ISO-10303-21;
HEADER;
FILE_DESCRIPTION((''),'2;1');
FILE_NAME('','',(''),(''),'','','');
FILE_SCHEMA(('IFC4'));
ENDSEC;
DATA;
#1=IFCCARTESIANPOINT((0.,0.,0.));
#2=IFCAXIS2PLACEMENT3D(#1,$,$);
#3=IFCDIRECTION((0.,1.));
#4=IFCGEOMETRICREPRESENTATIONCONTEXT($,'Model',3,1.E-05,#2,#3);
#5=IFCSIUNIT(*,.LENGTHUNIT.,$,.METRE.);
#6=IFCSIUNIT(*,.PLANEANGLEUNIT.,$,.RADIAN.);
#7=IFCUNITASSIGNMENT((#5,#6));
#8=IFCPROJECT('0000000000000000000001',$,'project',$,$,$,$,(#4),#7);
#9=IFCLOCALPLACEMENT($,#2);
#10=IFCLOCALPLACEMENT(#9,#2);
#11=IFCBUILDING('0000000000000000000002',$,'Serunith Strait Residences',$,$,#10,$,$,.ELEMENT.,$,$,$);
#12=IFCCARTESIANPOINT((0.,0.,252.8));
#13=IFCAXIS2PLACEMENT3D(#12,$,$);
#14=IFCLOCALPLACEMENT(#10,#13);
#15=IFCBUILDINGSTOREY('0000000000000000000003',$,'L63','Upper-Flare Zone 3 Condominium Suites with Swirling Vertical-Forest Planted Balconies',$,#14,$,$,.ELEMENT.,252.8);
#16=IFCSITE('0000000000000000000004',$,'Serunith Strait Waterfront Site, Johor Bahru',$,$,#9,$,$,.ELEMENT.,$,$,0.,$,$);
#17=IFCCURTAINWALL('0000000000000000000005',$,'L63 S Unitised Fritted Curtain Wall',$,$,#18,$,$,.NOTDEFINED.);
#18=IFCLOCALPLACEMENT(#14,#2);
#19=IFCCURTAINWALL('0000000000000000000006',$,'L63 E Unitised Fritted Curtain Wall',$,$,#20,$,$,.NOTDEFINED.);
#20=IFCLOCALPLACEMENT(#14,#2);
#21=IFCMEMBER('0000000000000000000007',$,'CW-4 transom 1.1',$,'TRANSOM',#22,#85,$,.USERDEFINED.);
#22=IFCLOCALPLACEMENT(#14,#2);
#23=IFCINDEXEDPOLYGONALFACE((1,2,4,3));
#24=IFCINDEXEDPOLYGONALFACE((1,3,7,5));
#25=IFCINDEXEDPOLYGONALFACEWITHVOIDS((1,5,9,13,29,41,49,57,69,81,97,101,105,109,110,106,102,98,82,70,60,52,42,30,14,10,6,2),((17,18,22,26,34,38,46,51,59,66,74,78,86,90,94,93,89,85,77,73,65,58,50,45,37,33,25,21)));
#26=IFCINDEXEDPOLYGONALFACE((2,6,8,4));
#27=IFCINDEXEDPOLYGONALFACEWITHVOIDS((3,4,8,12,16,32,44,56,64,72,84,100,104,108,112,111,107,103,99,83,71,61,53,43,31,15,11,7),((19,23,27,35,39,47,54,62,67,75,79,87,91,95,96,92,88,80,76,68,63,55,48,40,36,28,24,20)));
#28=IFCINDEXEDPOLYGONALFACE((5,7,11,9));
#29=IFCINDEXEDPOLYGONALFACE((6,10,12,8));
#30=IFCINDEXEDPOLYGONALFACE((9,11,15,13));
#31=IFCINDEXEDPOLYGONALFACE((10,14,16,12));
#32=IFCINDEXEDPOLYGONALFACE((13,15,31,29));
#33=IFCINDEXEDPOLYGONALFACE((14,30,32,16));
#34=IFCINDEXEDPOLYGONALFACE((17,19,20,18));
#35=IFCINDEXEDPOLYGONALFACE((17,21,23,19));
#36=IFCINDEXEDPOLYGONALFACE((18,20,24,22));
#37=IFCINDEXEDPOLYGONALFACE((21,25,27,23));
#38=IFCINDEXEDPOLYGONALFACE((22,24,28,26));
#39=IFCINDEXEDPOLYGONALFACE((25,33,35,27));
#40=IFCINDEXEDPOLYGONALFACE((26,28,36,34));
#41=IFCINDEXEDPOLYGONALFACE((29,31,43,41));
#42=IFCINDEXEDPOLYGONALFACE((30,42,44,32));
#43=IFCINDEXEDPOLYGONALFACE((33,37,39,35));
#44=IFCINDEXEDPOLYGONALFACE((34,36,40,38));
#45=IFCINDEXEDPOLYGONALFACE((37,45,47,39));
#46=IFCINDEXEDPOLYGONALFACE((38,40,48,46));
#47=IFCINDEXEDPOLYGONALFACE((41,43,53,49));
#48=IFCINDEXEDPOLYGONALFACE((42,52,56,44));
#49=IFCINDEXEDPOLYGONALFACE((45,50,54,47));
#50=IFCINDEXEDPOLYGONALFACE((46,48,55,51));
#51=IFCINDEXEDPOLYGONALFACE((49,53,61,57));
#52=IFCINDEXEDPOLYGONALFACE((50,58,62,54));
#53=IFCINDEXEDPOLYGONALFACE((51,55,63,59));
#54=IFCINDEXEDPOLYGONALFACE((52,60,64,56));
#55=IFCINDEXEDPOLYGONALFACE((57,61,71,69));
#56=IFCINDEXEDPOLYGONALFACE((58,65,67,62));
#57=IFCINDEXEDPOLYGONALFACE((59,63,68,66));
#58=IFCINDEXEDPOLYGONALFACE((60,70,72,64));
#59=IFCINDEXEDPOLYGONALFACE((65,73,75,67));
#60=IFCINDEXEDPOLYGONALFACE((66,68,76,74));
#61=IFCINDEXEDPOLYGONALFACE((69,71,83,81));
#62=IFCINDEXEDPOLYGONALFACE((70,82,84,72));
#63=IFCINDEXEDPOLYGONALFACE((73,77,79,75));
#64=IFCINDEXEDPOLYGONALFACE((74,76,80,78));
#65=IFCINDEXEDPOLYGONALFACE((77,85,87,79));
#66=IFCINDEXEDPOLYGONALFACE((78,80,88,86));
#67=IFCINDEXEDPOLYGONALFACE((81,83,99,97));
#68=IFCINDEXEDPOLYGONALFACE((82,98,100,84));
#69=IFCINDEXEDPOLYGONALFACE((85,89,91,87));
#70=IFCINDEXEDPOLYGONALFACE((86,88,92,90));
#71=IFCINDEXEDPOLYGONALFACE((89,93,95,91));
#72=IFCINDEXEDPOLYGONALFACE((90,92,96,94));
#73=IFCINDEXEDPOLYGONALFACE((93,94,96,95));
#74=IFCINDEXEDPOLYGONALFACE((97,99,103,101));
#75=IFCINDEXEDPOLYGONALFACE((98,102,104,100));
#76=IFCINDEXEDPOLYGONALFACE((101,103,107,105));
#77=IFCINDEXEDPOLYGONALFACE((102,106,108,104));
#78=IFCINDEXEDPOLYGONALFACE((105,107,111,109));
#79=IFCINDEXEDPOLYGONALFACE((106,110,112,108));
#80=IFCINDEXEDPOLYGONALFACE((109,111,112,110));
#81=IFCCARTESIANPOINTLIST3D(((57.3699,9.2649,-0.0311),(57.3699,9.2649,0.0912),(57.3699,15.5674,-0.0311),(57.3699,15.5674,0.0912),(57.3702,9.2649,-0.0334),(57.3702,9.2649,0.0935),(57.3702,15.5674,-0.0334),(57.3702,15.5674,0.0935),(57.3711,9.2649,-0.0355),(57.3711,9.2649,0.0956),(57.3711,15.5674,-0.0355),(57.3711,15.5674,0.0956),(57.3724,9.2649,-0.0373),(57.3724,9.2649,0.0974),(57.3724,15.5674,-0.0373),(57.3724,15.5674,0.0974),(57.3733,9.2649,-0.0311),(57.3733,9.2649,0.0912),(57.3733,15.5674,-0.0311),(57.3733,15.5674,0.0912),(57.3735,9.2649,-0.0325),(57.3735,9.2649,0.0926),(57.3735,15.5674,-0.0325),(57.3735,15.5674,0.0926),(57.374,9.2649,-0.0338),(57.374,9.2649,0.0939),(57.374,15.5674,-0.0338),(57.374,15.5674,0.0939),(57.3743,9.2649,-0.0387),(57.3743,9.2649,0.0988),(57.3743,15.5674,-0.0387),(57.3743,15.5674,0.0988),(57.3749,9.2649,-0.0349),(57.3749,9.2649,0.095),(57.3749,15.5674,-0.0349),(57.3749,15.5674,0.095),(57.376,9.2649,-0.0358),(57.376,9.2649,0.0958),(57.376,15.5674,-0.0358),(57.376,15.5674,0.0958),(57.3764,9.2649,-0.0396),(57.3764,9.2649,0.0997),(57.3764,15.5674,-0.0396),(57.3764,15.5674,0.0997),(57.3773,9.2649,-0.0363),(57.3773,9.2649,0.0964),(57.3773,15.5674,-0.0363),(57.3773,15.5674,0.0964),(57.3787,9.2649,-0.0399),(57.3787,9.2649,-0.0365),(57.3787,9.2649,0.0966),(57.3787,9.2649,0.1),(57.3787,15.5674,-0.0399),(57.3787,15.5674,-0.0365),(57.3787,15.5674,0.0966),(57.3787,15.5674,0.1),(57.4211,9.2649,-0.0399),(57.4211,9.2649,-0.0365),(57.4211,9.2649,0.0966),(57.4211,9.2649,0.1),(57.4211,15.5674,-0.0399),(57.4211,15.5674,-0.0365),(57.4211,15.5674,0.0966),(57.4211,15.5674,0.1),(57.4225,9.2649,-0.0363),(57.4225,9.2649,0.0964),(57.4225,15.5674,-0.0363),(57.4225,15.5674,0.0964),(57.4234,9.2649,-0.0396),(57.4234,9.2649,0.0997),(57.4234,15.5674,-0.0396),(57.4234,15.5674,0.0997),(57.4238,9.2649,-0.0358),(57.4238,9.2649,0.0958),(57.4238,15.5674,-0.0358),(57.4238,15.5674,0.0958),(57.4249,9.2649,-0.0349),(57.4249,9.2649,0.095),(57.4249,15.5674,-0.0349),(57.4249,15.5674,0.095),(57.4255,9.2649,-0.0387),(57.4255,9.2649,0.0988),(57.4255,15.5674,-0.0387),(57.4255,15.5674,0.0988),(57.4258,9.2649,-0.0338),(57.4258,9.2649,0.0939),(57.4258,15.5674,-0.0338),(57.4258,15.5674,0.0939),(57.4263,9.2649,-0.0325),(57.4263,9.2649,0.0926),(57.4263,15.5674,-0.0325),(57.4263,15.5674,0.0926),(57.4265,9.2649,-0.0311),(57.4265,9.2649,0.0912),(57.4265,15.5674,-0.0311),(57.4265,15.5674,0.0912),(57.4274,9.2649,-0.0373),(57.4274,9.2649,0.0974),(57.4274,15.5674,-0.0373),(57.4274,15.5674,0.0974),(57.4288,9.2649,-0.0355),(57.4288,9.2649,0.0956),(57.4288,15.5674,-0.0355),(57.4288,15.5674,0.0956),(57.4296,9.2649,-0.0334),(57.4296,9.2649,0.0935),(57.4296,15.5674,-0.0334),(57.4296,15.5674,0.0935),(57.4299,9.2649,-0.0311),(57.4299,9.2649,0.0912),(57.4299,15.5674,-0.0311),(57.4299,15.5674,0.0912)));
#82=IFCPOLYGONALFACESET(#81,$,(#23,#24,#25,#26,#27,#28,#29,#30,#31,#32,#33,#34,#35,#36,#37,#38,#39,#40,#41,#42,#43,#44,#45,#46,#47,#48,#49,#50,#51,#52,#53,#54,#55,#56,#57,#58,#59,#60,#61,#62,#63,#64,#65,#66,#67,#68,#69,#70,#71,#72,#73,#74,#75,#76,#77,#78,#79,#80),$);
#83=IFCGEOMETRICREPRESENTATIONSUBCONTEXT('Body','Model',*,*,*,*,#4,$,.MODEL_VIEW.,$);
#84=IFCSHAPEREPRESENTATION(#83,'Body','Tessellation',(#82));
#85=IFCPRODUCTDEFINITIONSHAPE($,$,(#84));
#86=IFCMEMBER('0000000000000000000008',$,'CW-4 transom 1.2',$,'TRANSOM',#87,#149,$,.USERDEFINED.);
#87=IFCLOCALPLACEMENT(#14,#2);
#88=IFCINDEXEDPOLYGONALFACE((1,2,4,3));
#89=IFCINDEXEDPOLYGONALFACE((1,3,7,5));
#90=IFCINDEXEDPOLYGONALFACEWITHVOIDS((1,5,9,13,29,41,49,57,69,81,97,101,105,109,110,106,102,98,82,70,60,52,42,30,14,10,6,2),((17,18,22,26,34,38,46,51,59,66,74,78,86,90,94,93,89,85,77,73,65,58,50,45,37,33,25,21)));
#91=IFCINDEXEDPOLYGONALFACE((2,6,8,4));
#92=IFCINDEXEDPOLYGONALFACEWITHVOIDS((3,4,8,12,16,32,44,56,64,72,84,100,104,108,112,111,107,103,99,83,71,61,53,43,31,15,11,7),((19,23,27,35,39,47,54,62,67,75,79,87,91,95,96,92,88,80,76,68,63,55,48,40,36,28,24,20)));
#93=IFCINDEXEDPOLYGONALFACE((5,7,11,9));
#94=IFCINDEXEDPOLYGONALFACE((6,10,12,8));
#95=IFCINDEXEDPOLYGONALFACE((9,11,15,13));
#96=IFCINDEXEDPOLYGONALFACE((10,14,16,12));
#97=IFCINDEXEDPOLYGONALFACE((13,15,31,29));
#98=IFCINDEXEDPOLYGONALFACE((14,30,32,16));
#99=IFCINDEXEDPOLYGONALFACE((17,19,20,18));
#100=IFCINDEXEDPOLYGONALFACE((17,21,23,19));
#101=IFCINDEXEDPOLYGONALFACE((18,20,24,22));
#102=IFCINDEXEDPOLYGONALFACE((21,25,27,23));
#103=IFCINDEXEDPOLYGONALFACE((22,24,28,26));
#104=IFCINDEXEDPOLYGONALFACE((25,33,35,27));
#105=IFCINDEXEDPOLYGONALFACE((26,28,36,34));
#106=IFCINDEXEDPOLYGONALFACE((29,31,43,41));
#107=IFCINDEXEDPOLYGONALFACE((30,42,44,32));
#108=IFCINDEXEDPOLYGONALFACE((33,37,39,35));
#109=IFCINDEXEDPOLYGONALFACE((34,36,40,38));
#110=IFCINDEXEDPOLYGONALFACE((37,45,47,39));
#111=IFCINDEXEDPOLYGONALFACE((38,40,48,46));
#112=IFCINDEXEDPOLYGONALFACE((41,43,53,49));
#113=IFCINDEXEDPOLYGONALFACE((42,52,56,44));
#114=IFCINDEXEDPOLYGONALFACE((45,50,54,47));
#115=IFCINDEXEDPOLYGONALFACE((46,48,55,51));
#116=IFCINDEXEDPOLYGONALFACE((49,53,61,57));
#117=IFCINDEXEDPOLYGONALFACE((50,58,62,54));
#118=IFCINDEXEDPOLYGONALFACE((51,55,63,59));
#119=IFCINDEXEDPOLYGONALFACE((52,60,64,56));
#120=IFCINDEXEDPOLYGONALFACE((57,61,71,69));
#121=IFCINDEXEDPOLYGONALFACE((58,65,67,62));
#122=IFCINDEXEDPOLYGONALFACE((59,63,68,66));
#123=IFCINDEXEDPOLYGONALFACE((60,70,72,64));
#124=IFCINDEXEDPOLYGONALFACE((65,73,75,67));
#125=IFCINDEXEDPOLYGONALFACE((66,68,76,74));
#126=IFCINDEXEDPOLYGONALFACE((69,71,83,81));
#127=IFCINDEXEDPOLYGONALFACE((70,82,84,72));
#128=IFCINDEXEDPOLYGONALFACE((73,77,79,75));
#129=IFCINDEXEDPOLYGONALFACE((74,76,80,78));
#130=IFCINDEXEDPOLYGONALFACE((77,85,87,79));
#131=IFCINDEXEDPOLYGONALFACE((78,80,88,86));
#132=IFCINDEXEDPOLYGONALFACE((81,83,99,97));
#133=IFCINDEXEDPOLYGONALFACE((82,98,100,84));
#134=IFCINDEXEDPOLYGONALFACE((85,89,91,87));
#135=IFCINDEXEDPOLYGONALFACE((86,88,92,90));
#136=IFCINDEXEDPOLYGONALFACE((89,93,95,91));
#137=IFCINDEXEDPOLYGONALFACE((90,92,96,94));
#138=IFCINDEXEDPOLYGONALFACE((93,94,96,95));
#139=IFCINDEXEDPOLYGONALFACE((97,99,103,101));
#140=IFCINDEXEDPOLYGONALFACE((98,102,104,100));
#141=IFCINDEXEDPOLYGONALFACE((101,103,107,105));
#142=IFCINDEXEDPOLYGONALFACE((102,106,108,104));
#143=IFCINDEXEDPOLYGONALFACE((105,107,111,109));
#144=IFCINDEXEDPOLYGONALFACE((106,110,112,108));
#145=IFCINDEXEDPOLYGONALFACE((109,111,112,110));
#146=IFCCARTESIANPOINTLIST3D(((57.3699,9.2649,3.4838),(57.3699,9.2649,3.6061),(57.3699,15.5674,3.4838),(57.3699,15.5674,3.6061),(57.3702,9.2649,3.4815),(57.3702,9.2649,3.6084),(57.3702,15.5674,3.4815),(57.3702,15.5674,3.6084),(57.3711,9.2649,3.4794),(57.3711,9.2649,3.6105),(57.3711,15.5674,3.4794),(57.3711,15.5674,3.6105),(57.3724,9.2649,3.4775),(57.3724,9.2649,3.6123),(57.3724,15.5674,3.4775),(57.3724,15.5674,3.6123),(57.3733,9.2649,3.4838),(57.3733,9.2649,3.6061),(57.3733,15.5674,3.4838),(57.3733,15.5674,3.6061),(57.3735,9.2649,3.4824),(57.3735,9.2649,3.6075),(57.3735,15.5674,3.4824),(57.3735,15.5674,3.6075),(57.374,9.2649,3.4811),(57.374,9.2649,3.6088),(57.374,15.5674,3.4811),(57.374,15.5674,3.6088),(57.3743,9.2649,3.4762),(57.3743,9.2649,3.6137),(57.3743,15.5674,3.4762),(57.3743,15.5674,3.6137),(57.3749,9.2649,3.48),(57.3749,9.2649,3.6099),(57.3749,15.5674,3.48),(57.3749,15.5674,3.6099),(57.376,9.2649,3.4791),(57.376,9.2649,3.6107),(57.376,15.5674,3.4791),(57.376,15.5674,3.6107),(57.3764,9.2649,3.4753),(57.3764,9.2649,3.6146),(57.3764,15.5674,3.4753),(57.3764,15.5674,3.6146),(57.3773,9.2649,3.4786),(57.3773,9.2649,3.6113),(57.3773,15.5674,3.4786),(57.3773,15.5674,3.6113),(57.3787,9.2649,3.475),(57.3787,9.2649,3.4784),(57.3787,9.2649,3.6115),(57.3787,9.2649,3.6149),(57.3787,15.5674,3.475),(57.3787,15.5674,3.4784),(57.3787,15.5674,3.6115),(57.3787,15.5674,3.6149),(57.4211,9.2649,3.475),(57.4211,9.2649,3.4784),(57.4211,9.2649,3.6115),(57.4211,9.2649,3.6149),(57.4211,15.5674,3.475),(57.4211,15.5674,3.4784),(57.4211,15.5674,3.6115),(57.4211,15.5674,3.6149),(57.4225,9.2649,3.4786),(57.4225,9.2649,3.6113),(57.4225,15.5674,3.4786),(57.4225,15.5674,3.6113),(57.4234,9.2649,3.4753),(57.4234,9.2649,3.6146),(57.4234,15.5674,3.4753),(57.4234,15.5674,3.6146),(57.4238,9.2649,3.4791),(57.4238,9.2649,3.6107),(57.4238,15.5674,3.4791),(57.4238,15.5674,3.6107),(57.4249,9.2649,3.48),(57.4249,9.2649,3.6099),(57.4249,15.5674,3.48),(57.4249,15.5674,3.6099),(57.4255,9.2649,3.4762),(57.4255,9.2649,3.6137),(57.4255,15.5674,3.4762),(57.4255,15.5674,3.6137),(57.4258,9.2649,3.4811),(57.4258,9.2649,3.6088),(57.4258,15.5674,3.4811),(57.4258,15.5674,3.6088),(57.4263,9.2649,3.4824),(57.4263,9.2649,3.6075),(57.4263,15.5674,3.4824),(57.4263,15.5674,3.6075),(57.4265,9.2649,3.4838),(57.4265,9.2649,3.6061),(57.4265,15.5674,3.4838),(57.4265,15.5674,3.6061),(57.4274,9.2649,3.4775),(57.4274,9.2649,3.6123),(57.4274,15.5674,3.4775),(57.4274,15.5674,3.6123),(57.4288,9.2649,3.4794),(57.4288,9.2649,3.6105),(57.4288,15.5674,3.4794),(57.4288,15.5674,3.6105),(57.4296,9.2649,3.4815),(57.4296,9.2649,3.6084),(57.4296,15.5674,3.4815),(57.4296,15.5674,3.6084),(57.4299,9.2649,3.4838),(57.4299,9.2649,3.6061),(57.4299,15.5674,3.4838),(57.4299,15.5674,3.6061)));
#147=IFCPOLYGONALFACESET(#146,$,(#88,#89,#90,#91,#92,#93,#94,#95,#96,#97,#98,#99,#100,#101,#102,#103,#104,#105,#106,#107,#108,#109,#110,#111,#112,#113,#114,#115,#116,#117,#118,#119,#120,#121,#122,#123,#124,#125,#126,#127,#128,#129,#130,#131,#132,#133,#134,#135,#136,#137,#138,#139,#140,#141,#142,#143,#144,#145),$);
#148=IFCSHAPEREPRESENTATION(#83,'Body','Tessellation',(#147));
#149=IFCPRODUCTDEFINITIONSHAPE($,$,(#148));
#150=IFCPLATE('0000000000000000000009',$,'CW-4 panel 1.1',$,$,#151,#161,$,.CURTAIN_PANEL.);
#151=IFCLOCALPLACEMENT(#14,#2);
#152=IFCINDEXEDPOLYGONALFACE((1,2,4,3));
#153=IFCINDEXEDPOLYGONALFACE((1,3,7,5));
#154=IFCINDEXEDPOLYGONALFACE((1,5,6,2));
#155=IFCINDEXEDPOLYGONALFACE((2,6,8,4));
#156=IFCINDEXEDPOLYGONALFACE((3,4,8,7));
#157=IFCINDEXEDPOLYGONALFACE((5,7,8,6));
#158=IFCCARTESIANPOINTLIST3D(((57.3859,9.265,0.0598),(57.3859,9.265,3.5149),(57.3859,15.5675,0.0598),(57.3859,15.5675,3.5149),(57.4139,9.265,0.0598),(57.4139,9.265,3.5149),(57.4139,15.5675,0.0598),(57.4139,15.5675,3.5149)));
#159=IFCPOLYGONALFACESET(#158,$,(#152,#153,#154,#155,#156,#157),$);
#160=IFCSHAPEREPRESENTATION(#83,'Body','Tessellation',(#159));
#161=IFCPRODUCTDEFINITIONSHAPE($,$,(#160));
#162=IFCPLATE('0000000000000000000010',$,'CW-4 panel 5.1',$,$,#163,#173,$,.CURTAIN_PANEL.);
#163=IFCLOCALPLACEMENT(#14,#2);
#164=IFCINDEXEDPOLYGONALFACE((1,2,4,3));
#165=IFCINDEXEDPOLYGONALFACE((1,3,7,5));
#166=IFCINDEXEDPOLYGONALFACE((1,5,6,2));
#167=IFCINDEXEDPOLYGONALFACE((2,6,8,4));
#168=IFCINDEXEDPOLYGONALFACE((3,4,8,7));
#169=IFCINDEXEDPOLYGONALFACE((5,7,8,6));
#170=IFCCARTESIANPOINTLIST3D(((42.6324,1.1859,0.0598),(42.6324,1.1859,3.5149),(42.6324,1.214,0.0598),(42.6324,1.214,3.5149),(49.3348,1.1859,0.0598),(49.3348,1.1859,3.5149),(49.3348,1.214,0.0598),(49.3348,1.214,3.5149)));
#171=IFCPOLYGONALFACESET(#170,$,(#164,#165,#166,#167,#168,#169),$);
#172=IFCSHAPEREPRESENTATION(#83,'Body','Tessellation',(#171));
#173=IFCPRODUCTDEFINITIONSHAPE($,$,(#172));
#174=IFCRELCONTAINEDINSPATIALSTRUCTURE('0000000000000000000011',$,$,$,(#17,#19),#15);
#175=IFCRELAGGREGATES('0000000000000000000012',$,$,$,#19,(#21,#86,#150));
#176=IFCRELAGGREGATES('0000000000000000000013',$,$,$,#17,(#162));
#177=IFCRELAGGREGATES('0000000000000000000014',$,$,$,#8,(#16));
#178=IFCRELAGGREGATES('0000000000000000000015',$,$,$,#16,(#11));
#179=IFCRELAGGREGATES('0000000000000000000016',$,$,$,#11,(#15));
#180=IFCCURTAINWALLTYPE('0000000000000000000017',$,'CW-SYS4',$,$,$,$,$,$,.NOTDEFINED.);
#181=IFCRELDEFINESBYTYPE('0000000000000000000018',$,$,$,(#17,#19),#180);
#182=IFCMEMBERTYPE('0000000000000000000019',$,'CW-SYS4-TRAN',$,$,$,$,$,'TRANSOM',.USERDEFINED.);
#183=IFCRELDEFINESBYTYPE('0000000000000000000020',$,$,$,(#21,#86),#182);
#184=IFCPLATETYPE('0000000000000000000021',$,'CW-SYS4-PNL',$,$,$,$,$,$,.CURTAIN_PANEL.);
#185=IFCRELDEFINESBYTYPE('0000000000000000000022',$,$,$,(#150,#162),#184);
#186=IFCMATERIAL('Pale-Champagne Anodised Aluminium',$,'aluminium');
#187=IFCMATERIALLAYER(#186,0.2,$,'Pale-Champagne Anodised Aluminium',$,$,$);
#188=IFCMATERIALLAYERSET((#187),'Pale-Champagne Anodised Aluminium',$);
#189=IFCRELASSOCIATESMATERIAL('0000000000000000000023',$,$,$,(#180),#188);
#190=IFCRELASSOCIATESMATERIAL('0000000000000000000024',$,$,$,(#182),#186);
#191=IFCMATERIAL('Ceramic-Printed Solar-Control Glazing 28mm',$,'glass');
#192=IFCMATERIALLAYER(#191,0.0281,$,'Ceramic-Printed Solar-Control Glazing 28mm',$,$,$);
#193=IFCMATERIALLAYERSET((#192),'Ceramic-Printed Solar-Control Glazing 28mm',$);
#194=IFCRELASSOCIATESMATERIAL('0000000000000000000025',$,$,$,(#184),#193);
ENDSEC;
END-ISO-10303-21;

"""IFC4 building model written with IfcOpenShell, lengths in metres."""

from ifc_helpers import new_model, si_unit, direction, frame, origin, origin_2d, place, context, subcontext, project, spatial, rectangle, hollow_rectangle, extrude, source, transform, mapped, material, layer, layer_set, material_profile, profile_set, type_object, element, aggregate, save


model = new_model("IFC4")

# Units and contexts
model_context = context("Model", 3, precision=1e-05, world=origin(), true_north=direction((0.0, 1.0)))
body_context = subcontext(model_context, "Body", "Model", "MODEL_VIEW")
ifc_project = project(units=[si_unit("LENGTHUNIT", "METRE"), si_unit("PLANEANGLEUNIT", "RADIAN")], contexts=[model_context])

# Site, building, storey
site_placement = place(None, origin())
site = spatial("IfcSite", under=ifc_project, at=site_placement, Name="Serunith Strait Waterfront Site, Johor Bahru", CompositionType="ELEMENT", RefElevation=0.0)
building_placement = place(site_placement, origin())
building = spatial("IfcBuilding", under=site, at=building_placement, Name="Serunith Strait Residences", CompositionType="ELEMENT")
storey_placement = place(building_placement, frame((0.0, 0.0, 252.8)))
storey = spatial("IfcBuildingStorey", under=building, at=storey_placement, Name="L63", Description="Upper-Flare Zone 3 Condominium Suites with Swirling Vertical-Forest Planted Balconies", CompositionType="ELEMENT", Elevation=252.8)

# Curtain wall
ifc_material_1 = material(Name="Pale-Champagne Anodised Aluminium", Category="aluminium")
ifc_layer_1 = layer(ifc_material_1, 0.2, Name="Pale-Champagne Anodised Aluminium")
ifc_layer_set_1 = layer_set([ifc_layer_1], Name="Pale-Champagne Anodised Aluminium")
curtain_wall_type = type_object("IfcCurtainWallType", Name="CW-SYS4", PredefinedType="NOTDEFINED", material=ifc_layer_set_1)
curtain_wall_1_placement = place(storey_placement, origin())
curtain_wall_1 = element("IfcCurtainWall", 1, at=curtain_wall_1_placement, inside=storey, type_object=curtain_wall_type, Name="L63 S Unitised Fritted Curtain Wall", PredefinedType="NOTDEFINED")

# Curtain wall, members, plate
curtain_wall_2_placement = place(storey_placement, origin())
curtain_wall_2 = element("IfcCurtainWall", 2, at=curtain_wall_2_placement, inside=storey, type_object=curtain_wall_type, Name="L63 E Unitised Fritted Curtain Wall", PredefinedType="NOTDEFINED")
ifc_material_profile_1 = material_profile(ifc_material_1, hollow_rectangle(XDim=0.0601, YDim=0.1399, WallThickness=0.0034, InnerFilletRadius=0.0054, OuterFilletRadius=0.0088, at=origin_2d()), Name="ALU 140x60x3.5")
ifc_profile_set_1 = profile_set([ifc_material_profile_1], Name="Pale-Champagne Anodised Aluminium")
member_type_1 = type_object("IfcMemberType", Name="CW-SYS4-TRAN", ElementType="TRANSOM", PredefinedType="USERDEFINED", material=ifc_profile_set_1)
shared_shape_1 = source(origin(), body_context, "Body", "SweptSolid", [
    extrude(hollow_rectangle(XDim=0.0601, YDim=0.1399, WallThickness=0.0034, InnerFilletRadius=0.0054, OuterFilletRadius=0.0088, at=origin_2d()), origin(), (0.0, 0.0, 1.0), 6.3025),
])
member_1_placement = place(storey_placement, frame((57.3999, 9.2649, 0.03), z_axis=(0.0, 1.0, 0.0), x_axis=(-1.0, 0.0, 0.0)))
member_1 = element("IfcMember", 3, at=member_1_placement, type_object=member_type_1, Name="CW-4 transom 1.1", ObjectType="TRANSOM", PredefinedType="USERDEFINED", context=body_context, shape_type="MappedRepresentation", body=[
    mapped(shared_shape_1, transform((0.0, 0.0, 0.0), scale=1.0)),
])
member_2_placement = place(storey_placement, frame((57.3999, 9.2649, 3.5449), z_axis=(0.0, 1.0, 0.0), x_axis=(-1.0, 0.0, 0.0)))
member_2 = element("IfcMember", 4, at=member_2_placement, type_object=member_type_1, Name="CW-4 transom 1.2", ObjectType="TRANSOM", PredefinedType="USERDEFINED", context=body_context, shape_type="MappedRepresentation", body=[
    mapped(shared_shape_1, transform((0.0, 0.0, 0.0), scale=1.0)),
])
ifc_material_2 = material(Name="Ceramic-Printed Solar-Control Glazing 28mm", Category="glass")
ifc_layer_2 = layer(ifc_material_2, 0.0281, Name="Ceramic-Printed Solar-Control Glazing 28mm")
ifc_layer_set_2 = layer_set([ifc_layer_2], Name="Ceramic-Printed Solar-Control Glazing 28mm")
plate_type = type_object("IfcPlateType", Name="CW-SYS4-PNL", PredefinedType="CURTAIN_PANEL", material=ifc_layer_set_2)
shared_shape_2 = source(origin(), body_context, "Body", "SweptSolid", [
    extrude(rectangle(XDim=6.3025, YDim=0.0281, at=origin_2d()), origin(), (0.0, 0.0, 1.0), 3.4551),
])
plate_1_placement = place(storey_placement, frame((57.3999, 12.4163, 0.0598), z_axis=(0.0, 0.0, 1.0), x_axis=(0.0, 1.0, 0.0)))
plate_1 = element("IfcPlate", 5, at=plate_1_placement, type_object=plate_type, Name="CW-4 panel 1.1", PredefinedType="CURTAIN_PANEL", context=body_context, shape_type="MappedRepresentation", body=[
    mapped(shared_shape_2, transform((0.0, 0.0, 0.0), scale=1.0)),
])
aggregate(curtain_wall_2, [member_1, member_2, plate_1])

# Plate
shared_shape_3 = source(origin(), body_context, "Body", "SweptSolid", [
    extrude(rectangle(XDim=6.7024, YDim=0.0281, at=origin_2d()), origin(), (0.0, 0.0, 1.0), 3.4551),
])
plate_2_placement = place(storey_placement, frame((45.9836, 1.2, 0.0598), z_axis=(0.0, 0.0, 1.0), x_axis=(1.0, 0.0, 0.0)))
plate_2 = element("IfcPlate", 6, at=plate_2_placement, type_object=plate_type, Name="CW-4 panel 5.1", PredefinedType="CURTAIN_PANEL", context=body_context, shape_type="MappedRepresentation", body=[
    mapped(shared_shape_3, transform((0.0, 0.0, 0.0), scale=1.0)),
])
aggregate(curtain_wall_1, [plate_2])

save(model, "model.ifc")
